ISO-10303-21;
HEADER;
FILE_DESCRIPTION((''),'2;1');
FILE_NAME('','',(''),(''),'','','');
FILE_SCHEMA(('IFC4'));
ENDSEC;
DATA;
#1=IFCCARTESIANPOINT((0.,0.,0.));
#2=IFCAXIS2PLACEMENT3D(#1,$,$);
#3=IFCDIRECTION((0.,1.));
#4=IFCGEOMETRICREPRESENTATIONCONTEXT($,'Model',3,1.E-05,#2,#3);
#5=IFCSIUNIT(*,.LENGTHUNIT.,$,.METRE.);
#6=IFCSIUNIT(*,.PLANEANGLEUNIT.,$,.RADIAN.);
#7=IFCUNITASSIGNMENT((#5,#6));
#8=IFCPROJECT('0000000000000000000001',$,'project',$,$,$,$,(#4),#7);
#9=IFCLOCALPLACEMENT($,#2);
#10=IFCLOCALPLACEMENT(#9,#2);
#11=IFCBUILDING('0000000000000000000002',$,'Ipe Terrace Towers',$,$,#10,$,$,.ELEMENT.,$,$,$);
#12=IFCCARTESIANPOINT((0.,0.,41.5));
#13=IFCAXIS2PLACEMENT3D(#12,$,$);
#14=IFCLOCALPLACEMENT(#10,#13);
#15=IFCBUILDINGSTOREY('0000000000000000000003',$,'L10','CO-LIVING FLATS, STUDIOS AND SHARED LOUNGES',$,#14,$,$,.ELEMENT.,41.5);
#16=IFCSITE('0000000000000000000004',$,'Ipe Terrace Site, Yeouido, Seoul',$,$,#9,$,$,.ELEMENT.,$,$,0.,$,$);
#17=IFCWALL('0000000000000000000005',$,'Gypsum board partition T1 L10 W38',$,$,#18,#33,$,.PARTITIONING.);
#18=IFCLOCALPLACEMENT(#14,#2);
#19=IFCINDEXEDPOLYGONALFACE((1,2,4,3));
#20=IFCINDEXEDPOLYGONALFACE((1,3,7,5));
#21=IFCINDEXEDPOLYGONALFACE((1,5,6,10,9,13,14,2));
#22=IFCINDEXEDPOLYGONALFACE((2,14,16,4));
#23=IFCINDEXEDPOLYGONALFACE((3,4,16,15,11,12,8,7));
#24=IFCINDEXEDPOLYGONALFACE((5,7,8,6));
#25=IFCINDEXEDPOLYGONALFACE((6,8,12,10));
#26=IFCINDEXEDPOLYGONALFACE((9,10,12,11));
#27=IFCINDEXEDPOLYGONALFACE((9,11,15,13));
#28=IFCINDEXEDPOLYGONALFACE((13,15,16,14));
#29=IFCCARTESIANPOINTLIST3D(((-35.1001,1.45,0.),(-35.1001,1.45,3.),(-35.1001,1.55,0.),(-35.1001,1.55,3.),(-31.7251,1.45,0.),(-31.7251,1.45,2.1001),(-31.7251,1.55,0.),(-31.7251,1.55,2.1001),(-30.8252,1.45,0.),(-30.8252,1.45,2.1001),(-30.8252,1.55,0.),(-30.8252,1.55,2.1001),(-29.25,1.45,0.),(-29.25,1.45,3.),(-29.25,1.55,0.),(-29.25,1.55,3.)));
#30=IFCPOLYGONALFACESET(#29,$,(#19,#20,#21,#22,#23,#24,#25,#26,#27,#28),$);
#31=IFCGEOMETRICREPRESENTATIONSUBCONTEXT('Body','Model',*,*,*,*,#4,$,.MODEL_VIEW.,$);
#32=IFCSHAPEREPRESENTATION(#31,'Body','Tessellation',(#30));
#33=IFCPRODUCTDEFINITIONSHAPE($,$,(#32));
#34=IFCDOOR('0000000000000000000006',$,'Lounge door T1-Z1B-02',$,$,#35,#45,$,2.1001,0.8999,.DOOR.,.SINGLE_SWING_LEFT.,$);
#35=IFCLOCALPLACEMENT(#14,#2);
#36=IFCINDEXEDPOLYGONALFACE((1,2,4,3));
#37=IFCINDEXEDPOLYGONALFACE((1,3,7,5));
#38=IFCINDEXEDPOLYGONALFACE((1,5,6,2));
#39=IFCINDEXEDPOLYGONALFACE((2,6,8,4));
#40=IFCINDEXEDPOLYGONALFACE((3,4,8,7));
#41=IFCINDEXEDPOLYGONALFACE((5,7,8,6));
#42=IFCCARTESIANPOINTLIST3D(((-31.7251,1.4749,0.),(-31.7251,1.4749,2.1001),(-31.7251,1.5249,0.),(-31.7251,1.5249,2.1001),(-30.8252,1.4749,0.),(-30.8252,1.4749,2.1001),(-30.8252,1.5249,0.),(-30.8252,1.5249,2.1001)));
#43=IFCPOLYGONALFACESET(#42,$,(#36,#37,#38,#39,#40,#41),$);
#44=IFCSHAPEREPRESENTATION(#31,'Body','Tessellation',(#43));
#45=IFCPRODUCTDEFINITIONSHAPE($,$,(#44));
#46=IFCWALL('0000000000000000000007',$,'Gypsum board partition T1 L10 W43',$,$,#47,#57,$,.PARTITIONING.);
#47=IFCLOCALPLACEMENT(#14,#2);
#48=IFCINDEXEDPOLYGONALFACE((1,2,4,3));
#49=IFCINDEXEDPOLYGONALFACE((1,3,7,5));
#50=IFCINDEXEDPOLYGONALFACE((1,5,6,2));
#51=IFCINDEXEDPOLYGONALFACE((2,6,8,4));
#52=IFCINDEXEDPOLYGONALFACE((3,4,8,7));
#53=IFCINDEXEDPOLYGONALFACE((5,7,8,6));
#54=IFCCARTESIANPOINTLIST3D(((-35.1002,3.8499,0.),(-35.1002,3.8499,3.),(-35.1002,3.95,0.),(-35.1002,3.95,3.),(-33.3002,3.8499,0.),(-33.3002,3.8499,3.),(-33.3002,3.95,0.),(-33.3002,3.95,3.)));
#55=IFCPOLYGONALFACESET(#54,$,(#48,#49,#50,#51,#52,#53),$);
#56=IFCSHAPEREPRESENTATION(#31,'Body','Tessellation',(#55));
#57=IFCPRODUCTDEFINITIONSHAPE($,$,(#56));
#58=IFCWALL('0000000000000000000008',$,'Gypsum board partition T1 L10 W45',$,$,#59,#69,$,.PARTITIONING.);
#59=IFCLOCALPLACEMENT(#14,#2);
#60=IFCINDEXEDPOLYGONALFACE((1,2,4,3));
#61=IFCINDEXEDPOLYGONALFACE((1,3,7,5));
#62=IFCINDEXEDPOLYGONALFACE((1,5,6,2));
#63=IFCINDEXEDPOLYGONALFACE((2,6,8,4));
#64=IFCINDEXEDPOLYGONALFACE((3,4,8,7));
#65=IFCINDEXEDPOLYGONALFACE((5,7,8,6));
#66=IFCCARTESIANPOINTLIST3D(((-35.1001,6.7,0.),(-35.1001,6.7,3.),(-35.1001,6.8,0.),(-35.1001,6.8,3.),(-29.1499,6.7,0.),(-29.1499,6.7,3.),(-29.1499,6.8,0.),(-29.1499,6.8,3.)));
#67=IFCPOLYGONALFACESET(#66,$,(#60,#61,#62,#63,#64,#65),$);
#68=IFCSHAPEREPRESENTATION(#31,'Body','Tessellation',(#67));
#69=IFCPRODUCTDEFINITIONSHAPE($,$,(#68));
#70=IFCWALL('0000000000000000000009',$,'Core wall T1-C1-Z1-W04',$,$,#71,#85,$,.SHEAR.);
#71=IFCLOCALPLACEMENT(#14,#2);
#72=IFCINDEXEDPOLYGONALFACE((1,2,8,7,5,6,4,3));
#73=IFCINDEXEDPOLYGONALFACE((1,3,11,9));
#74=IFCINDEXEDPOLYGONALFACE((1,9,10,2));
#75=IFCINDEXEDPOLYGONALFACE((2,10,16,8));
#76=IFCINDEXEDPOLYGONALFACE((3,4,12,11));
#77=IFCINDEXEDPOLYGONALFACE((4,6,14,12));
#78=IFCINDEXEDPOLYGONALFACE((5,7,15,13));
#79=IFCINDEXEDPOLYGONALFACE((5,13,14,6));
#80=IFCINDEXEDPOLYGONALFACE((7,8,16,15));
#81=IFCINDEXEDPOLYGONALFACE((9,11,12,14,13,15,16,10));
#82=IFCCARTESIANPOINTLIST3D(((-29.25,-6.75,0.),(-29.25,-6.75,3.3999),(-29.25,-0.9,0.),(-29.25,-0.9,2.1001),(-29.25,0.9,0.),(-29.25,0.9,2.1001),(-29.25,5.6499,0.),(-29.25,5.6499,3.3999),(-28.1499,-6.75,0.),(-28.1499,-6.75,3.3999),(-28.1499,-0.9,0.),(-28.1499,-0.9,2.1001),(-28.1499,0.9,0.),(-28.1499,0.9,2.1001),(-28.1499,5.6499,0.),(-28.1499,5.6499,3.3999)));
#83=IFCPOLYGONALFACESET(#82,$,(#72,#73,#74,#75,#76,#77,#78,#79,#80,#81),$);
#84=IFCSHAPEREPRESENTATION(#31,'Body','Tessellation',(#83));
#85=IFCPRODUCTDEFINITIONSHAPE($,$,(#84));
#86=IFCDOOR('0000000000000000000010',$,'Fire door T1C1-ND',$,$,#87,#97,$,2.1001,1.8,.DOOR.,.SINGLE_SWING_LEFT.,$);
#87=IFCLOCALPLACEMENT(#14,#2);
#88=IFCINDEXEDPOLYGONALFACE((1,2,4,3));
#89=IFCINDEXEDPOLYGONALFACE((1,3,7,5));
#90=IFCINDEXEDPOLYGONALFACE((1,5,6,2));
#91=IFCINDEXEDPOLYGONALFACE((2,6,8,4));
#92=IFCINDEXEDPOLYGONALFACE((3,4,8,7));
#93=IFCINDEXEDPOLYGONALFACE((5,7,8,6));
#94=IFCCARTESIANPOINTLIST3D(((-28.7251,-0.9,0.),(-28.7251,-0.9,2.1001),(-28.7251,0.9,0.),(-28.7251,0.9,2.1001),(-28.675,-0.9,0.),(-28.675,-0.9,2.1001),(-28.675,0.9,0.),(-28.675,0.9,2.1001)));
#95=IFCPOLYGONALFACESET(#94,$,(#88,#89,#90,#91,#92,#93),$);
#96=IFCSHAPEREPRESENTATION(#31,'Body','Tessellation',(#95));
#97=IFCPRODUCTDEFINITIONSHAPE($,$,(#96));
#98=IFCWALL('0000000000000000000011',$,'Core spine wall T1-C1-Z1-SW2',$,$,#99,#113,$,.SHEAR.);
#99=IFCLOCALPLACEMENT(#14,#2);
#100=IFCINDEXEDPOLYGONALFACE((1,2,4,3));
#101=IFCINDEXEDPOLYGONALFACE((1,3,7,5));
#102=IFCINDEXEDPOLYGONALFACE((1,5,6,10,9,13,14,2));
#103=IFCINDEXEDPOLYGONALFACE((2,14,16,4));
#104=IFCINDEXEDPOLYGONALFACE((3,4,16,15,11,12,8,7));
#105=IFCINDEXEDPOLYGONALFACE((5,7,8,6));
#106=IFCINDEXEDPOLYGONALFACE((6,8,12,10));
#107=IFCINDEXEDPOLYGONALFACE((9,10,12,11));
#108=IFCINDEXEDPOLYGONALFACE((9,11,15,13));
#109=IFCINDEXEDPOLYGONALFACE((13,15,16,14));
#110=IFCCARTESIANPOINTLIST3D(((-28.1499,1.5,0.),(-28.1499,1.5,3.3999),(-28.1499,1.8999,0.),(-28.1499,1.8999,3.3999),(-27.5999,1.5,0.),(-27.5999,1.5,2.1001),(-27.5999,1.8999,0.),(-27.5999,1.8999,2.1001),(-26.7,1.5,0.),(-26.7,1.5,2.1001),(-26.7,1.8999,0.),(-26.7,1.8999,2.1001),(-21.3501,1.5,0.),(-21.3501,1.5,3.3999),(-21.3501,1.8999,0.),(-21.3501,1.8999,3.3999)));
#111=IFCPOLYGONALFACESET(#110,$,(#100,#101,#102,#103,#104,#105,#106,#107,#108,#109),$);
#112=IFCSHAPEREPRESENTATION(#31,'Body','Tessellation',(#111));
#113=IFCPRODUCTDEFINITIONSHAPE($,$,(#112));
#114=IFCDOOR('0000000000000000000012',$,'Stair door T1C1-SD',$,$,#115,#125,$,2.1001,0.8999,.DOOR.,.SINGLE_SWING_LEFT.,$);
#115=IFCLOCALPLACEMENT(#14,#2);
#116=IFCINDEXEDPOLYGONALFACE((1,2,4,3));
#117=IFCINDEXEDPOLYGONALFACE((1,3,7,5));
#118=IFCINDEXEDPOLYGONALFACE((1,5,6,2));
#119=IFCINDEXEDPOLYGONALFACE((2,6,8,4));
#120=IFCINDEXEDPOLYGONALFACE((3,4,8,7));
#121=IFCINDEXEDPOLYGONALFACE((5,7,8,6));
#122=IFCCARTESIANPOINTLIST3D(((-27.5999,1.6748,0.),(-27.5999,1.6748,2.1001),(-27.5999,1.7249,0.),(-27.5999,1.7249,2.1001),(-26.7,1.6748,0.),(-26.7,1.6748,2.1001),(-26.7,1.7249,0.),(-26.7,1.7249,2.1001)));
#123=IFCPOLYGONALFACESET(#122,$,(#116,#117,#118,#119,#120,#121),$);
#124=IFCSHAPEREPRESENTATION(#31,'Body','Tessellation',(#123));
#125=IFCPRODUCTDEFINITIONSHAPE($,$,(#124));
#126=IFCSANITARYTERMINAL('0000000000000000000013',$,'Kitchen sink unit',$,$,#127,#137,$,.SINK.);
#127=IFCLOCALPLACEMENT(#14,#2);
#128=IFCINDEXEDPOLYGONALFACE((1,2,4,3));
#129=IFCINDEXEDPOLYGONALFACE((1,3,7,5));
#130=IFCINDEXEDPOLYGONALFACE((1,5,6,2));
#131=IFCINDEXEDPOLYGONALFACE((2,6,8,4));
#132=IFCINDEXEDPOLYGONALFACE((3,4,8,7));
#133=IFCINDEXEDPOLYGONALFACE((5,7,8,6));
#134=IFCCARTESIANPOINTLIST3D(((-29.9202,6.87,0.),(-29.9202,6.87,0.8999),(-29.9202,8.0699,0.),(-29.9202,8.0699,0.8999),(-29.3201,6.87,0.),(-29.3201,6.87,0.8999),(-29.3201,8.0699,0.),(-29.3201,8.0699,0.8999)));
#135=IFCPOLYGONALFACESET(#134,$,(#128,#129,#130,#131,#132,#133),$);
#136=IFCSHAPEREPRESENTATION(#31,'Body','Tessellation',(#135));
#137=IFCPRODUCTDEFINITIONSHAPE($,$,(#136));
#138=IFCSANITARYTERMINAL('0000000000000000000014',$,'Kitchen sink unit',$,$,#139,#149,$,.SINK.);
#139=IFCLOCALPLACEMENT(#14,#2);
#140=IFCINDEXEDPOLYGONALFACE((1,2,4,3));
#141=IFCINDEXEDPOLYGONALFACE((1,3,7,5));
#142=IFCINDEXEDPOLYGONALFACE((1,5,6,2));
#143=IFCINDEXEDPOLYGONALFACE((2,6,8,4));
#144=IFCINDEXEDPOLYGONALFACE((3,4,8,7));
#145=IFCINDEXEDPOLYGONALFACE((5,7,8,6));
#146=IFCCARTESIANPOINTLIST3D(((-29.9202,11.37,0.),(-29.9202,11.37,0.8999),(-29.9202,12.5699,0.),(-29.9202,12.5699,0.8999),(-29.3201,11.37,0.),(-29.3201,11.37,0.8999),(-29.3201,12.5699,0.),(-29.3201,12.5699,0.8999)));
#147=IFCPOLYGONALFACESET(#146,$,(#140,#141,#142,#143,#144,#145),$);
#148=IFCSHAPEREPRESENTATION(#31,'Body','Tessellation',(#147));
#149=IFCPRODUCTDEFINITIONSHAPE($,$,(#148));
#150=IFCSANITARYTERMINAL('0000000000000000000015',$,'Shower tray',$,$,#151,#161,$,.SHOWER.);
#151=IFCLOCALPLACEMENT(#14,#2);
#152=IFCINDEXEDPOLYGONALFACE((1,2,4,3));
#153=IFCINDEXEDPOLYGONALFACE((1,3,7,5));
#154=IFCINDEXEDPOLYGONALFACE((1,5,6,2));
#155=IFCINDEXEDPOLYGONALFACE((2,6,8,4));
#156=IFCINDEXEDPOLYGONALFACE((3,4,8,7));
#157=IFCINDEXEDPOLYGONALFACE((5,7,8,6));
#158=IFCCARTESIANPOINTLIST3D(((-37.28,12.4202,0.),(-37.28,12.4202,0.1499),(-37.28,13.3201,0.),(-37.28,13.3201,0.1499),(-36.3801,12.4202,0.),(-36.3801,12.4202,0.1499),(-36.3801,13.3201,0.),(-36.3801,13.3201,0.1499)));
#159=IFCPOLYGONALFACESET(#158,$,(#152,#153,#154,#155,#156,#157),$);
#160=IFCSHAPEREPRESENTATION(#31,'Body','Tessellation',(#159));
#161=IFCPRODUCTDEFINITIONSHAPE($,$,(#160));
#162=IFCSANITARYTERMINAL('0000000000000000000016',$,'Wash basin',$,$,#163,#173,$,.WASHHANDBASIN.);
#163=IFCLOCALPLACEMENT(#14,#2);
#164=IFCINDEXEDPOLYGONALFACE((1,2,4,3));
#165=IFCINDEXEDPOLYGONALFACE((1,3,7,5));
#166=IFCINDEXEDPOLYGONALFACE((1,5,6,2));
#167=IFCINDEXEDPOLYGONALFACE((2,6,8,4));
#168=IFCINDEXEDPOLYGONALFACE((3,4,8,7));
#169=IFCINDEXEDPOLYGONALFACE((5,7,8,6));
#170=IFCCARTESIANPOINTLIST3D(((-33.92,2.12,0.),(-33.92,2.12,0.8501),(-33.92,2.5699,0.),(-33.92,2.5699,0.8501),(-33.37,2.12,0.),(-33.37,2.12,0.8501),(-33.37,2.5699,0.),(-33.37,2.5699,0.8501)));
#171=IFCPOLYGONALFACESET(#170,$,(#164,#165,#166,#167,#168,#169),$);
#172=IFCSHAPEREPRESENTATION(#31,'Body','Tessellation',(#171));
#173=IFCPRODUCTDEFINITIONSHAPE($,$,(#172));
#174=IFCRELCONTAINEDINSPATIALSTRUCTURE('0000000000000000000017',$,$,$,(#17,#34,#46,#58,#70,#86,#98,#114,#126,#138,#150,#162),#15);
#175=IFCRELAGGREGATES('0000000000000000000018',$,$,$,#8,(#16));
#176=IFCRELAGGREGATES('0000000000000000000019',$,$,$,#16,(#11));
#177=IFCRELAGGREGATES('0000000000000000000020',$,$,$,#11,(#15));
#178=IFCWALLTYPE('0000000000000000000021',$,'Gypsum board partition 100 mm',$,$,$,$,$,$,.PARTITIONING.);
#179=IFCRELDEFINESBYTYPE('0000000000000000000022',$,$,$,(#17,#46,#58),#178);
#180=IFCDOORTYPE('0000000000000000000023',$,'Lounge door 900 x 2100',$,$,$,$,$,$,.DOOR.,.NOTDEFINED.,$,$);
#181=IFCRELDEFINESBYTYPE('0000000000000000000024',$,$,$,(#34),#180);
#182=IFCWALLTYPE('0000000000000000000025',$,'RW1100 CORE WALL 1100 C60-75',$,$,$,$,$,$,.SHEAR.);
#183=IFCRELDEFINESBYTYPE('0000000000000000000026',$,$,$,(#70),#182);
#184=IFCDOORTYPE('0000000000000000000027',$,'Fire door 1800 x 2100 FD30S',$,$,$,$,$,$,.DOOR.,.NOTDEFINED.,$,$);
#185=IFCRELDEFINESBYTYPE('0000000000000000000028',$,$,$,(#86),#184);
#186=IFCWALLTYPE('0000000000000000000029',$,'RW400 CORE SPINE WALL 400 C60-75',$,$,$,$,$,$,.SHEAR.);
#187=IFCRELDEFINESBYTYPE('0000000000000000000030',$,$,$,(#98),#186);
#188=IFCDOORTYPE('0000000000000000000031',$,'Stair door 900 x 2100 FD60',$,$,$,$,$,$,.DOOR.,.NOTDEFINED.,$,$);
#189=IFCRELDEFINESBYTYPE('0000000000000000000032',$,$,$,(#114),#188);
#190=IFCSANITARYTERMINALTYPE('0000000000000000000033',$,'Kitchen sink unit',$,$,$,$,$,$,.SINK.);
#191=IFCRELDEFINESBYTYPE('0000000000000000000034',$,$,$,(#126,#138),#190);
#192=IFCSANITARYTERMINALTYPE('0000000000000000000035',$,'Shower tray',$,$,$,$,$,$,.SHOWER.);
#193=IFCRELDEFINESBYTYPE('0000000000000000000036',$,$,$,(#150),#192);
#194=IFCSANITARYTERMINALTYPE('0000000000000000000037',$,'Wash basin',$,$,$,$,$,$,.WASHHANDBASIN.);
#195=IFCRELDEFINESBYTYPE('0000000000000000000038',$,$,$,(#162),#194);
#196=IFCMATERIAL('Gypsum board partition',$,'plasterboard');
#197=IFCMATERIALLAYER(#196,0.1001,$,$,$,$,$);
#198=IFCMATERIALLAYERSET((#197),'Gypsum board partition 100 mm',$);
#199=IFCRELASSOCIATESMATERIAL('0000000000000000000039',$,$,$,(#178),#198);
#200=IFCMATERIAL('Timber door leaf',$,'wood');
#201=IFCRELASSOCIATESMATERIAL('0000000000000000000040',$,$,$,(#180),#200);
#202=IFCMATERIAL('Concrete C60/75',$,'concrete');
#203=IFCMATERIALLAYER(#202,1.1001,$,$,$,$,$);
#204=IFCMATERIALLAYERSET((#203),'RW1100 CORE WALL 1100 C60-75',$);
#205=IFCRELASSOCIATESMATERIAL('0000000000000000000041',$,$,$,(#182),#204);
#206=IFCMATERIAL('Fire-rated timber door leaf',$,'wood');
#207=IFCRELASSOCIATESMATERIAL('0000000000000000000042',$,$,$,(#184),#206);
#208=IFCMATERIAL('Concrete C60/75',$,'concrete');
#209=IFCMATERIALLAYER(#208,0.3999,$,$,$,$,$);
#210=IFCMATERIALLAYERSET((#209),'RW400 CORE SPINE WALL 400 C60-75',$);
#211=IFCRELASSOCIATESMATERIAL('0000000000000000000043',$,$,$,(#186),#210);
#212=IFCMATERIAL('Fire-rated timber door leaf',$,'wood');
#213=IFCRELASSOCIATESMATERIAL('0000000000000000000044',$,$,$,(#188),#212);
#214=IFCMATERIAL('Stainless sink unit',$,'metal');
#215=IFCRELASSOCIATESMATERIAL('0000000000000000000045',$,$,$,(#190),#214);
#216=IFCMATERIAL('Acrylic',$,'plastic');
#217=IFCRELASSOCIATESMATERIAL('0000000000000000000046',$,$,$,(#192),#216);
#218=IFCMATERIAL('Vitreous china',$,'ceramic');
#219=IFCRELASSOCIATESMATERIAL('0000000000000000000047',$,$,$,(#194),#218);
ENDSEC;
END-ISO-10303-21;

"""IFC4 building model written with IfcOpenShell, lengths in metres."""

from ifc_helpers import new_model, si_unit, direction, frame, frame_2d, origin, origin_2d, place, context, subcontext, project, spatial, rectangle, extrude, material, layer, layer_set, type_object, element, fill, save


model = new_model("IFC4")

# Units and contexts
model_context = context("Model", 3, precision=1e-05, world=origin(), true_north=direction((0.0, 1.0)))
body_context = subcontext(model_context, "Body", "Model", "MODEL_VIEW")
ifc_project = project(units=[si_unit("LENGTHUNIT", "METRE"), si_unit("PLANEANGLEUNIT", "RADIAN")], contexts=[model_context])

# Site, building, storey
site_placement = place(None, origin())
site = spatial("IfcSite", under=ifc_project, at=site_placement, Name="Ipe Terrace Site, Yeouido, Seoul", CompositionType="ELEMENT", RefElevation=0.0)
building_placement = place(site_placement, origin())
building = spatial("IfcBuilding", under=site, at=building_placement, Name="Ipe Terrace Towers", CompositionType="ELEMENT")
storey_placement = place(building_placement, frame((0.0, 0.0, 41.5)))
storey = spatial("IfcBuildingStorey", under=building, at=storey_placement, Name="L10", Description="CO-LIVING FLATS, STUDIOS AND SHARED LOUNGES", CompositionType="ELEMENT", Elevation=41.5)

# Shared definitions
ifc_material_1 = material(Name="Gypsum board partition", Category="plasterboard")
ifc_layer_1 = layer(ifc_material_1, 0.1001)
ifc_layer_set_1 = layer_set([ifc_layer_1], Name="Gypsum board partition 100 mm")
wall_type_1 = type_object("IfcWallType", Name="Gypsum board partition 100 mm", PredefinedType="PARTITIONING", material=ifc_layer_set_1)

# Wall, opening, door
wall_1_placement = place(storey_placement, frame((-35.1001, 1.5, 0.0), z_axis=(0.0, 0.0, 1.0), x_axis=(1.0, 0.0, 0.0)))
wall_1 = element("IfcWall", 1, at=wall_1_placement, inside=storey, type_object=wall_type_1, Name="Gypsum board partition T1 L10 W38", PredefinedType="PARTITIONING", context=body_context, shape_type="SweptSolid", body=[
    extrude(rectangle(XDim=5.8501, YDim=0.1001, at=frame_2d((2.925, 0.0))), origin(), (0.0, 0.0, 1.0), 3.0),
])
opening_1_placement = place(wall_1_placement, frame((3.375, 0.0, 0.0)))
opening_1 = element("IfcOpeningElement", 2, at=opening_1_placement, cuts=wall_1, PredefinedType="OPENING", context=body_context, shape_type="SweptSolid", body=[
    extrude(rectangle(XDim=0.8999, YDim=2.1001, at=frame_2d((0.45, 1.05))), frame((0.0, 0.0601, 0.0), z_axis=(0.0, -1.0, 0.0), x_axis=(1.0, 0.0, 0.0)), (0.0, 0.0, 1.0), 0.1201),
])
ifc_material_2 = material(Name="Timber door leaf", Category="wood")
door_type_1 = type_object("IfcDoorType", Name="Lounge door 900 x 2100", OperationType="NOTDEFINED", PredefinedType="DOOR", material=ifc_material_2)
door_1_placement = place(opening_1_placement, origin())
door_1 = element("IfcDoor", 3, at=door_1_placement, inside=storey, type_object=door_type_1, Name="Lounge door T1-Z1B-02", OperationType="SINGLE_SWING_LEFT", OverallHeight=2.1001, OverallWidth=0.8999, PredefinedType="DOOR", context=body_context, shape_type="SweptSolid", body=[
    extrude(rectangle(XDim=0.8999, YDim=2.1001, at=frame_2d((0.45, 1.05))), frame((0.0, 0.0249, 0.0), z_axis=(0.0, -1.0, 0.0), x_axis=(1.0, 0.0, 0.0)), (0.0, 0.0, 1.0), 0.05),
])
fill(opening_1, door_1)

# Walls
wall_2_placement = place(storey_placement, frame((-35.1001, 3.8999, 0.0), z_axis=(0.0, 0.0, 1.0), x_axis=(1.0, 0.0, 0.0)))
element("IfcWall", 4, at=wall_2_placement, inside=storey, type_object=wall_type_1, Name="Gypsum board partition T1 L10 W43", PredefinedType="PARTITIONING", context=body_context, shape_type="SweptSolid", body=[
    extrude(rectangle(XDim=1.8, YDim=0.1001, at=frame_2d((0.8999, 0.0))), origin(), (0.0, 0.0, 1.0), 3.0),
])
wall_3_placement = place(storey_placement, frame((-35.1001, 6.75, 0.0), z_axis=(0.0, 0.0, 1.0), x_axis=(1.0, 0.0, 0.0)))
element("IfcWall", 5, at=wall_3_placement, inside=storey, type_object=wall_type_1, Name="Gypsum board partition T1 L10 W45", PredefinedType="PARTITIONING", context=body_context, shape_type="SweptSolid", body=[
    extrude(rectangle(XDim=5.9502, YDim=0.1001, at=frame_2d((2.9751, 0.0))), origin(), (0.0, 0.0, 1.0), 3.0),
])

# Walls, openings, doors
ifc_material_3 = material(Name="Concrete C60/75", Category="concrete")
ifc_layer_2 = layer(ifc_material_3, 1.1001)
ifc_layer_set_2 = layer_set([ifc_layer_2], Name="RW1100 CORE WALL 1100 C60-75")
wall_type_2 = type_object("IfcWallType", Name="RW1100 CORE WALL 1100 C60-75", PredefinedType="SHEAR", material=ifc_layer_set_2)
wall_4_placement = place(storey_placement, frame((-28.7, 5.6499, 0.0), z_axis=(0.0, 0.0, 1.0), x_axis=(0.0, -1.0, 0.0)))
wall_4 = element("IfcWall", 6, at=wall_4_placement, inside=storey, type_object=wall_type_2, Name="Core wall T1-C1-Z1-W04", PredefinedType="SHEAR", context=body_context, shape_type="SweptSolid", body=[
    extrude(rectangle(XDim=12.3999, YDim=1.1001, at=frame_2d((6.2, 0.0))), origin(), (0.0, 0.0, 1.0), 3.3999),
])
opening_2_placement = place(wall_4_placement, frame((4.75, 0.0, 0.0)))
opening_2 = element("IfcOpeningElement", 7, at=opening_2_placement, cuts=wall_4, PredefinedType="OPENING", context=body_context, shape_type="SweptSolid", body=[
    extrude(rectangle(XDim=1.8, YDim=2.1001, at=frame_2d((0.8999, 1.05))), frame((0.0, 0.5601, 0.0), z_axis=(0.0, -1.0, 0.0), x_axis=(1.0, 0.0, 0.0)), (0.0, 0.0, 1.0), 1.1201),
])
ifc_material_4 = material(Name="Fire-rated timber door leaf", Category="wood")
door_type_2 = type_object("IfcDoorType", Name="Fire door 1800 x 2100 FD30S", OperationType="NOTDEFINED", PredefinedType="DOOR", material=ifc_material_4)
door_2_placement = place(opening_2_placement, origin())
door_2 = element("IfcDoor", 8, at=door_2_placement, inside=storey, type_object=door_type_2, Name="Fire door T1C1-ND", OperationType="SINGLE_SWING_LEFT", OverallHeight=2.1001, OverallWidth=1.8, PredefinedType="DOOR", context=body_context, shape_type="SweptSolid", body=[
    extrude(rectangle(XDim=1.8, YDim=2.1001, at=frame_2d((0.8999, 1.05))), frame((0.0, 0.0249, 0.0), z_axis=(0.0, -1.0, 0.0), x_axis=(1.0, 0.0, 0.0)), (0.0, 0.0, 1.0), 0.05),
])
fill(opening_2, door_2)
ifc_material_5 = material(Name="Concrete C60/75", Category="concrete")
ifc_layer_3 = layer(ifc_material_5, 0.3999)
ifc_layer_set_3 = layer_set([ifc_layer_3], Name="RW400 CORE SPINE WALL 400 C60-75")
wall_type_3 = type_object("IfcWallType", Name="RW400 CORE SPINE WALL 400 C60-75", PredefinedType="SHEAR", material=ifc_layer_set_3)
wall_5_placement = place(storey_placement, frame((-28.1499, 1.7, 0.0), z_axis=(0.0, 0.0, 1.0), x_axis=(1.0, 0.0, 0.0)))
wall_5 = element("IfcWall", 9, at=wall_5_placement, inside=storey, type_object=wall_type_3, Name="Core spine wall T1-C1-Z1-SW2", PredefinedType="SHEAR", context=body_context, shape_type="SweptSolid", body=[
    extrude(rectangle(XDim=6.7998, YDim=0.3999, at=frame_2d((3.3999, 0.0))), origin(), (0.0, 0.0, 1.0), 3.3999),
])
opening_3_placement = place(wall_5_placement, frame((0.55, 0.0, 0.0)))
opening_3 = element("IfcOpeningElement", 10, at=opening_3_placement, cuts=wall_5, PredefinedType="OPENING", context=body_context, shape_type="SweptSolid", body=[
    extrude(rectangle(XDim=0.8999, YDim=2.1001, at=frame_2d((0.45, 1.05))), frame((0.0, 0.21, 0.0), z_axis=(0.0, -1.0, 0.0), x_axis=(1.0, 0.0, 0.0)), (0.0, 0.0, 1.0), 0.4199),
])
ifc_material_6 = material(Name="Fire-rated timber door leaf", Category="wood")
door_type_3 = type_object("IfcDoorType", Name="Stair door 900 x 2100 FD60", OperationType="NOTDEFINED", PredefinedType="DOOR", material=ifc_material_6)
door_3_placement = place(opening_3_placement, origin())
door_3 = element("IfcDoor", 11, at=door_3_placement, inside=storey, type_object=door_type_3, Name="Stair door T1C1-SD", OperationType="SINGLE_SWING_LEFT", OverallHeight=2.1001, OverallWidth=0.8999, PredefinedType="DOOR", context=body_context, shape_type="SweptSolid", body=[
    extrude(rectangle(XDim=0.8999, YDim=2.1001, at=frame_2d((0.45, 1.05))), frame((0.0, 0.0249, 0.0), z_axis=(0.0, -1.0, 0.0), x_axis=(1.0, 0.0, 0.0)), (0.0, 0.0, 1.0), 0.05),
])
fill(opening_3, door_3)

# Sanitary terminals
ifc_material_7 = material(Name="Stainless sink unit", Category="metal")
sanitary_terminal_type_1 = type_object("IfcSanitaryTerminalType", Name="Kitchen sink unit", PredefinedType="SINK", material=ifc_material_7)
for number, where, z_axis, x_axis, name in (
    (12, (-29.6201, 7.47, 0.0), (0.0, 0.0, 1.0), (0.0, -1.0, 0.0), "Kitchen sink unit"),
    (13, (-29.6201, 11.97, 0.0), (0.0, 0.0, 1.0), (0.0, -1.0, 0.0), "Kitchen sink unit"),
):
    element("IfcSanitaryTerminal", number, at=place(storey_placement, frame(where, z_axis=z_axis, x_axis=x_axis)), inside=storey, type_object=sanitary_terminal_type_1, Name=name, PredefinedType="SINK", context=body_context, shape_type="SweptSolid", body=[
        extrude(rectangle(XDim=1.2, YDim=0.6001, at=origin_2d()), origin(), (0.0, 0.0, 1.0), 0.8999),
    ])
ifc_material_8 = material(Name="Acrylic", Category="plastic")
sanitary_terminal_type_2 = type_object("IfcSanitaryTerminalType", Name="Shower tray", PredefinedType="SHOWER", material=ifc_material_8)
sanitary_terminal_1_placement = place(storey_placement, frame((-36.8301, 12.8701, 0.0), z_axis=(0.0, 0.0, 1.0), x_axis=(1.0, 0.0, 0.0)))
element("IfcSanitaryTerminal", 14, at=sanitary_terminal_1_placement, inside=storey, type_object=sanitary_terminal_type_2, Name="Shower tray", PredefinedType="SHOWER", context=body_context, shape_type="SweptSolid", body=[
    extrude(rectangle(XDim=0.8999, YDim=0.8999, at=origin_2d()), origin(), (0.0, 0.0, 1.0), 0.1499),
])
ifc_material_9 = material(Name="Vitreous china", Category="ceramic")
sanitary_terminal_type_3 = type_object("IfcSanitaryTerminalType", Name="Wash basin", PredefinedType="WASHHANDBASIN", material=ifc_material_9)
sanitary_terminal_2_placement = place(storey_placement, frame((-33.645, 2.345, 0.0), z_axis=(0.0, 0.0, 1.0), x_axis=(-1.0, 0.0, 0.0)))
element("IfcSanitaryTerminal", 15, at=sanitary_terminal_2_placement, inside=storey, type_object=sanitary_terminal_type_3, Name="Wash basin", PredefinedType="WASHHANDBASIN", context=body_context, shape_type="SweptSolid", body=[
    extrude(rectangle(XDim=0.55, YDim=0.45, at=origin_2d()), origin(), (0.0, 0.0, 1.0), 0.8501),
])

save(model, "model.ifc")
